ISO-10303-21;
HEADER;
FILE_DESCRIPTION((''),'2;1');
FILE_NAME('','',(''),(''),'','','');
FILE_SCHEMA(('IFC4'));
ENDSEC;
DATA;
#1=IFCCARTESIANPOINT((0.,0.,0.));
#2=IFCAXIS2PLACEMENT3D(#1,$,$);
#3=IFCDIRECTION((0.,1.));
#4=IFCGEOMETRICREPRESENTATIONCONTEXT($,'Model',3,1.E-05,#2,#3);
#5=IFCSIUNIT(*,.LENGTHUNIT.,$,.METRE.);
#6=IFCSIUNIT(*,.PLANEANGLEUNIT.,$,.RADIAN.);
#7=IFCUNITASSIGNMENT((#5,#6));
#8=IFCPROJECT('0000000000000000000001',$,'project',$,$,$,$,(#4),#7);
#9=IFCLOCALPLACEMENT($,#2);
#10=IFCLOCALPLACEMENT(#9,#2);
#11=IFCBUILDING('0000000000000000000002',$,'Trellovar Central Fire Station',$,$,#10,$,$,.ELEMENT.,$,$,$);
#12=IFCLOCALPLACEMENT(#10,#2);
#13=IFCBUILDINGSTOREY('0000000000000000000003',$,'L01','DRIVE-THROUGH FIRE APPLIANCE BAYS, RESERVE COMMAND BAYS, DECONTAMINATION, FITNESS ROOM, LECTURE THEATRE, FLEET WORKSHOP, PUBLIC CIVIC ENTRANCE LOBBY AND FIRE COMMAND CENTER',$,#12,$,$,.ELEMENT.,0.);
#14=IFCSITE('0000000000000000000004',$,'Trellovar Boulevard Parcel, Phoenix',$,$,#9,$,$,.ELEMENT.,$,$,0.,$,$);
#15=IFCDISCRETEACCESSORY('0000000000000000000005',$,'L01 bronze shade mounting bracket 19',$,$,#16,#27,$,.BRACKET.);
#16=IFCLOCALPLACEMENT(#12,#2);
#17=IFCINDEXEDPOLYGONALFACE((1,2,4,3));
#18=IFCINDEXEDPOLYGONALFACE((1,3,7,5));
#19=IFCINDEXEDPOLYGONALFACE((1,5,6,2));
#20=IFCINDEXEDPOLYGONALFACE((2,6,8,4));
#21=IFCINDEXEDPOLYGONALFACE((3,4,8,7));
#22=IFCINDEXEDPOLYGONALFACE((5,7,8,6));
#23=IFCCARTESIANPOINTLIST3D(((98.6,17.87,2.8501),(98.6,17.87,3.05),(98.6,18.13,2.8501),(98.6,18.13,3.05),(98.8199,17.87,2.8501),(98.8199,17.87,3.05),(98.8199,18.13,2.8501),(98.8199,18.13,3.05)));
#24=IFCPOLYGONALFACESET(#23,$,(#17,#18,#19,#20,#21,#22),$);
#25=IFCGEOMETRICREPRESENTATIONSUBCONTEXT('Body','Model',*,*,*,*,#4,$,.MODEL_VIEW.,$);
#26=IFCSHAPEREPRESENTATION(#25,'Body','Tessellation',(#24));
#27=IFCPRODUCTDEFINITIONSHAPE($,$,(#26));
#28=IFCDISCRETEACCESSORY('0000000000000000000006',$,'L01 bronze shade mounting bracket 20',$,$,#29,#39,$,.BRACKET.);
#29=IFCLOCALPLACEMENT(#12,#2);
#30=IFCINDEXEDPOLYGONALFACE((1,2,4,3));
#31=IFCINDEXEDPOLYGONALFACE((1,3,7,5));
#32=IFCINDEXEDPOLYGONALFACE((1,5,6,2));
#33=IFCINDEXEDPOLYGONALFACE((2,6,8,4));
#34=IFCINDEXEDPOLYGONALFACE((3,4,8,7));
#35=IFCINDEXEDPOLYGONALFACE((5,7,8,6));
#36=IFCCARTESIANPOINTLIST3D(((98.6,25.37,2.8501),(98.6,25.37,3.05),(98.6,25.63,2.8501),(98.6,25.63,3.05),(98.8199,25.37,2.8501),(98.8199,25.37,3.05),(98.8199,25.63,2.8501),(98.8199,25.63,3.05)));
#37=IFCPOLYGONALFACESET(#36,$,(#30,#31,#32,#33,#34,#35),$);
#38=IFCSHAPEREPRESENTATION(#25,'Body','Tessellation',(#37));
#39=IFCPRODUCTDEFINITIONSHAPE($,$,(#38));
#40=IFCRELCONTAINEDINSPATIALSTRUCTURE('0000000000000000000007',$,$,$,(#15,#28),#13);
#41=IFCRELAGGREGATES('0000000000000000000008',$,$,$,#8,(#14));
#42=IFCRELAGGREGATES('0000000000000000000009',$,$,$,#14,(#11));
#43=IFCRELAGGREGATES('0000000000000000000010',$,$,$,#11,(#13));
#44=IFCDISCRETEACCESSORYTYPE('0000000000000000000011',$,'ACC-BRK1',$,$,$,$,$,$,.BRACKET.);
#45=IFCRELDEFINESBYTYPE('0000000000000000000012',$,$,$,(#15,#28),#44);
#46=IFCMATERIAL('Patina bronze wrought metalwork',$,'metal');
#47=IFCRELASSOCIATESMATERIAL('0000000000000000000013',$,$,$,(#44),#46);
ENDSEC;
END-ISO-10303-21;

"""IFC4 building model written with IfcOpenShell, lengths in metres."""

from ifc_helpers import new_model, si_unit, direction, frame, origin, origin_2d, place, context, subcontext, project, spatial, rectangle, extrude, material, type_object, element, save


model = new_model("IFC4")

# Units and contexts
model_context = context("Model", 3, precision=1e-05, world=origin(), true_north=direction((0.0, 1.0)))
body_context = subcontext(model_context, "Body", "Model", "MODEL_VIEW")
ifc_project = project(units=[si_unit("LENGTHUNIT", "METRE"), si_unit("PLANEANGLEUNIT", "RADIAN")], contexts=[model_context])

# Site, building, storey
site_placement = place(None, origin())
site = spatial("IfcSite", under=ifc_project, at=site_placement, Name="Trellovar Boulevard Parcel, Phoenix", CompositionType="ELEMENT", RefElevation=0.0)
building_placement = place(site_placement, origin())
building = spatial("IfcBuilding", under=site, at=building_placement, Name="Trellovar Central Fire Station", CompositionType="ELEMENT")
storey_placement = place(building_placement, origin())
storey = spatial("IfcBuildingStorey", under=building, at=storey_placement, Name="L01", Description="DRIVE-THROUGH FIRE APPLIANCE BAYS, RESERVE COMMAND BAYS, DECONTAMINATION, FITNESS ROOM, LECTURE THEATRE, FLEET WORKSHOP, PUBLIC CIVIC ENTRANCE LOBBY AND FIRE COMMAND CENTER", CompositionType="ELEMENT", Elevation=0.0)

# Discrete accessories
ifc_material_1 = material(Name="Patina bronze wrought metalwork", Category="metal")
discrete_accessory_type = type_object("IfcDiscreteAccessoryType", Name="ACC-BRK1", PredefinedType="BRACKET", material=ifc_material_1)
for number, where, z_axis, x_axis, name in (
    (1, (98.71, 18.0, 2.8501), (0.0, 0.0, 1.0), (0.0, 1.0, 0.0), "L01 bronze shade mounting bracket 19"),
    (2, (98.71, 25.5, 2.8501), (0.0, 0.0, 1.0), (0.0, 1.0, 0.0), "L01 bronze shade mounting bracket 20"),
):
    element("IfcDiscreteAccessory", number, at=place(storey_placement, frame(where, z_axis=z_axis, x_axis=x_axis)), inside=storey, type_object=discrete_accessory_type, Name=name, PredefinedType="BRACKET", context=body_context, shape_type="SweptSolid", body=[
        extrude(rectangle(XDim=0.26, YDim=0.22, at=origin_2d()), origin(), (0.0, 0.0, 1.0), 0.2),
    ])

save(model, "model.ifc")
